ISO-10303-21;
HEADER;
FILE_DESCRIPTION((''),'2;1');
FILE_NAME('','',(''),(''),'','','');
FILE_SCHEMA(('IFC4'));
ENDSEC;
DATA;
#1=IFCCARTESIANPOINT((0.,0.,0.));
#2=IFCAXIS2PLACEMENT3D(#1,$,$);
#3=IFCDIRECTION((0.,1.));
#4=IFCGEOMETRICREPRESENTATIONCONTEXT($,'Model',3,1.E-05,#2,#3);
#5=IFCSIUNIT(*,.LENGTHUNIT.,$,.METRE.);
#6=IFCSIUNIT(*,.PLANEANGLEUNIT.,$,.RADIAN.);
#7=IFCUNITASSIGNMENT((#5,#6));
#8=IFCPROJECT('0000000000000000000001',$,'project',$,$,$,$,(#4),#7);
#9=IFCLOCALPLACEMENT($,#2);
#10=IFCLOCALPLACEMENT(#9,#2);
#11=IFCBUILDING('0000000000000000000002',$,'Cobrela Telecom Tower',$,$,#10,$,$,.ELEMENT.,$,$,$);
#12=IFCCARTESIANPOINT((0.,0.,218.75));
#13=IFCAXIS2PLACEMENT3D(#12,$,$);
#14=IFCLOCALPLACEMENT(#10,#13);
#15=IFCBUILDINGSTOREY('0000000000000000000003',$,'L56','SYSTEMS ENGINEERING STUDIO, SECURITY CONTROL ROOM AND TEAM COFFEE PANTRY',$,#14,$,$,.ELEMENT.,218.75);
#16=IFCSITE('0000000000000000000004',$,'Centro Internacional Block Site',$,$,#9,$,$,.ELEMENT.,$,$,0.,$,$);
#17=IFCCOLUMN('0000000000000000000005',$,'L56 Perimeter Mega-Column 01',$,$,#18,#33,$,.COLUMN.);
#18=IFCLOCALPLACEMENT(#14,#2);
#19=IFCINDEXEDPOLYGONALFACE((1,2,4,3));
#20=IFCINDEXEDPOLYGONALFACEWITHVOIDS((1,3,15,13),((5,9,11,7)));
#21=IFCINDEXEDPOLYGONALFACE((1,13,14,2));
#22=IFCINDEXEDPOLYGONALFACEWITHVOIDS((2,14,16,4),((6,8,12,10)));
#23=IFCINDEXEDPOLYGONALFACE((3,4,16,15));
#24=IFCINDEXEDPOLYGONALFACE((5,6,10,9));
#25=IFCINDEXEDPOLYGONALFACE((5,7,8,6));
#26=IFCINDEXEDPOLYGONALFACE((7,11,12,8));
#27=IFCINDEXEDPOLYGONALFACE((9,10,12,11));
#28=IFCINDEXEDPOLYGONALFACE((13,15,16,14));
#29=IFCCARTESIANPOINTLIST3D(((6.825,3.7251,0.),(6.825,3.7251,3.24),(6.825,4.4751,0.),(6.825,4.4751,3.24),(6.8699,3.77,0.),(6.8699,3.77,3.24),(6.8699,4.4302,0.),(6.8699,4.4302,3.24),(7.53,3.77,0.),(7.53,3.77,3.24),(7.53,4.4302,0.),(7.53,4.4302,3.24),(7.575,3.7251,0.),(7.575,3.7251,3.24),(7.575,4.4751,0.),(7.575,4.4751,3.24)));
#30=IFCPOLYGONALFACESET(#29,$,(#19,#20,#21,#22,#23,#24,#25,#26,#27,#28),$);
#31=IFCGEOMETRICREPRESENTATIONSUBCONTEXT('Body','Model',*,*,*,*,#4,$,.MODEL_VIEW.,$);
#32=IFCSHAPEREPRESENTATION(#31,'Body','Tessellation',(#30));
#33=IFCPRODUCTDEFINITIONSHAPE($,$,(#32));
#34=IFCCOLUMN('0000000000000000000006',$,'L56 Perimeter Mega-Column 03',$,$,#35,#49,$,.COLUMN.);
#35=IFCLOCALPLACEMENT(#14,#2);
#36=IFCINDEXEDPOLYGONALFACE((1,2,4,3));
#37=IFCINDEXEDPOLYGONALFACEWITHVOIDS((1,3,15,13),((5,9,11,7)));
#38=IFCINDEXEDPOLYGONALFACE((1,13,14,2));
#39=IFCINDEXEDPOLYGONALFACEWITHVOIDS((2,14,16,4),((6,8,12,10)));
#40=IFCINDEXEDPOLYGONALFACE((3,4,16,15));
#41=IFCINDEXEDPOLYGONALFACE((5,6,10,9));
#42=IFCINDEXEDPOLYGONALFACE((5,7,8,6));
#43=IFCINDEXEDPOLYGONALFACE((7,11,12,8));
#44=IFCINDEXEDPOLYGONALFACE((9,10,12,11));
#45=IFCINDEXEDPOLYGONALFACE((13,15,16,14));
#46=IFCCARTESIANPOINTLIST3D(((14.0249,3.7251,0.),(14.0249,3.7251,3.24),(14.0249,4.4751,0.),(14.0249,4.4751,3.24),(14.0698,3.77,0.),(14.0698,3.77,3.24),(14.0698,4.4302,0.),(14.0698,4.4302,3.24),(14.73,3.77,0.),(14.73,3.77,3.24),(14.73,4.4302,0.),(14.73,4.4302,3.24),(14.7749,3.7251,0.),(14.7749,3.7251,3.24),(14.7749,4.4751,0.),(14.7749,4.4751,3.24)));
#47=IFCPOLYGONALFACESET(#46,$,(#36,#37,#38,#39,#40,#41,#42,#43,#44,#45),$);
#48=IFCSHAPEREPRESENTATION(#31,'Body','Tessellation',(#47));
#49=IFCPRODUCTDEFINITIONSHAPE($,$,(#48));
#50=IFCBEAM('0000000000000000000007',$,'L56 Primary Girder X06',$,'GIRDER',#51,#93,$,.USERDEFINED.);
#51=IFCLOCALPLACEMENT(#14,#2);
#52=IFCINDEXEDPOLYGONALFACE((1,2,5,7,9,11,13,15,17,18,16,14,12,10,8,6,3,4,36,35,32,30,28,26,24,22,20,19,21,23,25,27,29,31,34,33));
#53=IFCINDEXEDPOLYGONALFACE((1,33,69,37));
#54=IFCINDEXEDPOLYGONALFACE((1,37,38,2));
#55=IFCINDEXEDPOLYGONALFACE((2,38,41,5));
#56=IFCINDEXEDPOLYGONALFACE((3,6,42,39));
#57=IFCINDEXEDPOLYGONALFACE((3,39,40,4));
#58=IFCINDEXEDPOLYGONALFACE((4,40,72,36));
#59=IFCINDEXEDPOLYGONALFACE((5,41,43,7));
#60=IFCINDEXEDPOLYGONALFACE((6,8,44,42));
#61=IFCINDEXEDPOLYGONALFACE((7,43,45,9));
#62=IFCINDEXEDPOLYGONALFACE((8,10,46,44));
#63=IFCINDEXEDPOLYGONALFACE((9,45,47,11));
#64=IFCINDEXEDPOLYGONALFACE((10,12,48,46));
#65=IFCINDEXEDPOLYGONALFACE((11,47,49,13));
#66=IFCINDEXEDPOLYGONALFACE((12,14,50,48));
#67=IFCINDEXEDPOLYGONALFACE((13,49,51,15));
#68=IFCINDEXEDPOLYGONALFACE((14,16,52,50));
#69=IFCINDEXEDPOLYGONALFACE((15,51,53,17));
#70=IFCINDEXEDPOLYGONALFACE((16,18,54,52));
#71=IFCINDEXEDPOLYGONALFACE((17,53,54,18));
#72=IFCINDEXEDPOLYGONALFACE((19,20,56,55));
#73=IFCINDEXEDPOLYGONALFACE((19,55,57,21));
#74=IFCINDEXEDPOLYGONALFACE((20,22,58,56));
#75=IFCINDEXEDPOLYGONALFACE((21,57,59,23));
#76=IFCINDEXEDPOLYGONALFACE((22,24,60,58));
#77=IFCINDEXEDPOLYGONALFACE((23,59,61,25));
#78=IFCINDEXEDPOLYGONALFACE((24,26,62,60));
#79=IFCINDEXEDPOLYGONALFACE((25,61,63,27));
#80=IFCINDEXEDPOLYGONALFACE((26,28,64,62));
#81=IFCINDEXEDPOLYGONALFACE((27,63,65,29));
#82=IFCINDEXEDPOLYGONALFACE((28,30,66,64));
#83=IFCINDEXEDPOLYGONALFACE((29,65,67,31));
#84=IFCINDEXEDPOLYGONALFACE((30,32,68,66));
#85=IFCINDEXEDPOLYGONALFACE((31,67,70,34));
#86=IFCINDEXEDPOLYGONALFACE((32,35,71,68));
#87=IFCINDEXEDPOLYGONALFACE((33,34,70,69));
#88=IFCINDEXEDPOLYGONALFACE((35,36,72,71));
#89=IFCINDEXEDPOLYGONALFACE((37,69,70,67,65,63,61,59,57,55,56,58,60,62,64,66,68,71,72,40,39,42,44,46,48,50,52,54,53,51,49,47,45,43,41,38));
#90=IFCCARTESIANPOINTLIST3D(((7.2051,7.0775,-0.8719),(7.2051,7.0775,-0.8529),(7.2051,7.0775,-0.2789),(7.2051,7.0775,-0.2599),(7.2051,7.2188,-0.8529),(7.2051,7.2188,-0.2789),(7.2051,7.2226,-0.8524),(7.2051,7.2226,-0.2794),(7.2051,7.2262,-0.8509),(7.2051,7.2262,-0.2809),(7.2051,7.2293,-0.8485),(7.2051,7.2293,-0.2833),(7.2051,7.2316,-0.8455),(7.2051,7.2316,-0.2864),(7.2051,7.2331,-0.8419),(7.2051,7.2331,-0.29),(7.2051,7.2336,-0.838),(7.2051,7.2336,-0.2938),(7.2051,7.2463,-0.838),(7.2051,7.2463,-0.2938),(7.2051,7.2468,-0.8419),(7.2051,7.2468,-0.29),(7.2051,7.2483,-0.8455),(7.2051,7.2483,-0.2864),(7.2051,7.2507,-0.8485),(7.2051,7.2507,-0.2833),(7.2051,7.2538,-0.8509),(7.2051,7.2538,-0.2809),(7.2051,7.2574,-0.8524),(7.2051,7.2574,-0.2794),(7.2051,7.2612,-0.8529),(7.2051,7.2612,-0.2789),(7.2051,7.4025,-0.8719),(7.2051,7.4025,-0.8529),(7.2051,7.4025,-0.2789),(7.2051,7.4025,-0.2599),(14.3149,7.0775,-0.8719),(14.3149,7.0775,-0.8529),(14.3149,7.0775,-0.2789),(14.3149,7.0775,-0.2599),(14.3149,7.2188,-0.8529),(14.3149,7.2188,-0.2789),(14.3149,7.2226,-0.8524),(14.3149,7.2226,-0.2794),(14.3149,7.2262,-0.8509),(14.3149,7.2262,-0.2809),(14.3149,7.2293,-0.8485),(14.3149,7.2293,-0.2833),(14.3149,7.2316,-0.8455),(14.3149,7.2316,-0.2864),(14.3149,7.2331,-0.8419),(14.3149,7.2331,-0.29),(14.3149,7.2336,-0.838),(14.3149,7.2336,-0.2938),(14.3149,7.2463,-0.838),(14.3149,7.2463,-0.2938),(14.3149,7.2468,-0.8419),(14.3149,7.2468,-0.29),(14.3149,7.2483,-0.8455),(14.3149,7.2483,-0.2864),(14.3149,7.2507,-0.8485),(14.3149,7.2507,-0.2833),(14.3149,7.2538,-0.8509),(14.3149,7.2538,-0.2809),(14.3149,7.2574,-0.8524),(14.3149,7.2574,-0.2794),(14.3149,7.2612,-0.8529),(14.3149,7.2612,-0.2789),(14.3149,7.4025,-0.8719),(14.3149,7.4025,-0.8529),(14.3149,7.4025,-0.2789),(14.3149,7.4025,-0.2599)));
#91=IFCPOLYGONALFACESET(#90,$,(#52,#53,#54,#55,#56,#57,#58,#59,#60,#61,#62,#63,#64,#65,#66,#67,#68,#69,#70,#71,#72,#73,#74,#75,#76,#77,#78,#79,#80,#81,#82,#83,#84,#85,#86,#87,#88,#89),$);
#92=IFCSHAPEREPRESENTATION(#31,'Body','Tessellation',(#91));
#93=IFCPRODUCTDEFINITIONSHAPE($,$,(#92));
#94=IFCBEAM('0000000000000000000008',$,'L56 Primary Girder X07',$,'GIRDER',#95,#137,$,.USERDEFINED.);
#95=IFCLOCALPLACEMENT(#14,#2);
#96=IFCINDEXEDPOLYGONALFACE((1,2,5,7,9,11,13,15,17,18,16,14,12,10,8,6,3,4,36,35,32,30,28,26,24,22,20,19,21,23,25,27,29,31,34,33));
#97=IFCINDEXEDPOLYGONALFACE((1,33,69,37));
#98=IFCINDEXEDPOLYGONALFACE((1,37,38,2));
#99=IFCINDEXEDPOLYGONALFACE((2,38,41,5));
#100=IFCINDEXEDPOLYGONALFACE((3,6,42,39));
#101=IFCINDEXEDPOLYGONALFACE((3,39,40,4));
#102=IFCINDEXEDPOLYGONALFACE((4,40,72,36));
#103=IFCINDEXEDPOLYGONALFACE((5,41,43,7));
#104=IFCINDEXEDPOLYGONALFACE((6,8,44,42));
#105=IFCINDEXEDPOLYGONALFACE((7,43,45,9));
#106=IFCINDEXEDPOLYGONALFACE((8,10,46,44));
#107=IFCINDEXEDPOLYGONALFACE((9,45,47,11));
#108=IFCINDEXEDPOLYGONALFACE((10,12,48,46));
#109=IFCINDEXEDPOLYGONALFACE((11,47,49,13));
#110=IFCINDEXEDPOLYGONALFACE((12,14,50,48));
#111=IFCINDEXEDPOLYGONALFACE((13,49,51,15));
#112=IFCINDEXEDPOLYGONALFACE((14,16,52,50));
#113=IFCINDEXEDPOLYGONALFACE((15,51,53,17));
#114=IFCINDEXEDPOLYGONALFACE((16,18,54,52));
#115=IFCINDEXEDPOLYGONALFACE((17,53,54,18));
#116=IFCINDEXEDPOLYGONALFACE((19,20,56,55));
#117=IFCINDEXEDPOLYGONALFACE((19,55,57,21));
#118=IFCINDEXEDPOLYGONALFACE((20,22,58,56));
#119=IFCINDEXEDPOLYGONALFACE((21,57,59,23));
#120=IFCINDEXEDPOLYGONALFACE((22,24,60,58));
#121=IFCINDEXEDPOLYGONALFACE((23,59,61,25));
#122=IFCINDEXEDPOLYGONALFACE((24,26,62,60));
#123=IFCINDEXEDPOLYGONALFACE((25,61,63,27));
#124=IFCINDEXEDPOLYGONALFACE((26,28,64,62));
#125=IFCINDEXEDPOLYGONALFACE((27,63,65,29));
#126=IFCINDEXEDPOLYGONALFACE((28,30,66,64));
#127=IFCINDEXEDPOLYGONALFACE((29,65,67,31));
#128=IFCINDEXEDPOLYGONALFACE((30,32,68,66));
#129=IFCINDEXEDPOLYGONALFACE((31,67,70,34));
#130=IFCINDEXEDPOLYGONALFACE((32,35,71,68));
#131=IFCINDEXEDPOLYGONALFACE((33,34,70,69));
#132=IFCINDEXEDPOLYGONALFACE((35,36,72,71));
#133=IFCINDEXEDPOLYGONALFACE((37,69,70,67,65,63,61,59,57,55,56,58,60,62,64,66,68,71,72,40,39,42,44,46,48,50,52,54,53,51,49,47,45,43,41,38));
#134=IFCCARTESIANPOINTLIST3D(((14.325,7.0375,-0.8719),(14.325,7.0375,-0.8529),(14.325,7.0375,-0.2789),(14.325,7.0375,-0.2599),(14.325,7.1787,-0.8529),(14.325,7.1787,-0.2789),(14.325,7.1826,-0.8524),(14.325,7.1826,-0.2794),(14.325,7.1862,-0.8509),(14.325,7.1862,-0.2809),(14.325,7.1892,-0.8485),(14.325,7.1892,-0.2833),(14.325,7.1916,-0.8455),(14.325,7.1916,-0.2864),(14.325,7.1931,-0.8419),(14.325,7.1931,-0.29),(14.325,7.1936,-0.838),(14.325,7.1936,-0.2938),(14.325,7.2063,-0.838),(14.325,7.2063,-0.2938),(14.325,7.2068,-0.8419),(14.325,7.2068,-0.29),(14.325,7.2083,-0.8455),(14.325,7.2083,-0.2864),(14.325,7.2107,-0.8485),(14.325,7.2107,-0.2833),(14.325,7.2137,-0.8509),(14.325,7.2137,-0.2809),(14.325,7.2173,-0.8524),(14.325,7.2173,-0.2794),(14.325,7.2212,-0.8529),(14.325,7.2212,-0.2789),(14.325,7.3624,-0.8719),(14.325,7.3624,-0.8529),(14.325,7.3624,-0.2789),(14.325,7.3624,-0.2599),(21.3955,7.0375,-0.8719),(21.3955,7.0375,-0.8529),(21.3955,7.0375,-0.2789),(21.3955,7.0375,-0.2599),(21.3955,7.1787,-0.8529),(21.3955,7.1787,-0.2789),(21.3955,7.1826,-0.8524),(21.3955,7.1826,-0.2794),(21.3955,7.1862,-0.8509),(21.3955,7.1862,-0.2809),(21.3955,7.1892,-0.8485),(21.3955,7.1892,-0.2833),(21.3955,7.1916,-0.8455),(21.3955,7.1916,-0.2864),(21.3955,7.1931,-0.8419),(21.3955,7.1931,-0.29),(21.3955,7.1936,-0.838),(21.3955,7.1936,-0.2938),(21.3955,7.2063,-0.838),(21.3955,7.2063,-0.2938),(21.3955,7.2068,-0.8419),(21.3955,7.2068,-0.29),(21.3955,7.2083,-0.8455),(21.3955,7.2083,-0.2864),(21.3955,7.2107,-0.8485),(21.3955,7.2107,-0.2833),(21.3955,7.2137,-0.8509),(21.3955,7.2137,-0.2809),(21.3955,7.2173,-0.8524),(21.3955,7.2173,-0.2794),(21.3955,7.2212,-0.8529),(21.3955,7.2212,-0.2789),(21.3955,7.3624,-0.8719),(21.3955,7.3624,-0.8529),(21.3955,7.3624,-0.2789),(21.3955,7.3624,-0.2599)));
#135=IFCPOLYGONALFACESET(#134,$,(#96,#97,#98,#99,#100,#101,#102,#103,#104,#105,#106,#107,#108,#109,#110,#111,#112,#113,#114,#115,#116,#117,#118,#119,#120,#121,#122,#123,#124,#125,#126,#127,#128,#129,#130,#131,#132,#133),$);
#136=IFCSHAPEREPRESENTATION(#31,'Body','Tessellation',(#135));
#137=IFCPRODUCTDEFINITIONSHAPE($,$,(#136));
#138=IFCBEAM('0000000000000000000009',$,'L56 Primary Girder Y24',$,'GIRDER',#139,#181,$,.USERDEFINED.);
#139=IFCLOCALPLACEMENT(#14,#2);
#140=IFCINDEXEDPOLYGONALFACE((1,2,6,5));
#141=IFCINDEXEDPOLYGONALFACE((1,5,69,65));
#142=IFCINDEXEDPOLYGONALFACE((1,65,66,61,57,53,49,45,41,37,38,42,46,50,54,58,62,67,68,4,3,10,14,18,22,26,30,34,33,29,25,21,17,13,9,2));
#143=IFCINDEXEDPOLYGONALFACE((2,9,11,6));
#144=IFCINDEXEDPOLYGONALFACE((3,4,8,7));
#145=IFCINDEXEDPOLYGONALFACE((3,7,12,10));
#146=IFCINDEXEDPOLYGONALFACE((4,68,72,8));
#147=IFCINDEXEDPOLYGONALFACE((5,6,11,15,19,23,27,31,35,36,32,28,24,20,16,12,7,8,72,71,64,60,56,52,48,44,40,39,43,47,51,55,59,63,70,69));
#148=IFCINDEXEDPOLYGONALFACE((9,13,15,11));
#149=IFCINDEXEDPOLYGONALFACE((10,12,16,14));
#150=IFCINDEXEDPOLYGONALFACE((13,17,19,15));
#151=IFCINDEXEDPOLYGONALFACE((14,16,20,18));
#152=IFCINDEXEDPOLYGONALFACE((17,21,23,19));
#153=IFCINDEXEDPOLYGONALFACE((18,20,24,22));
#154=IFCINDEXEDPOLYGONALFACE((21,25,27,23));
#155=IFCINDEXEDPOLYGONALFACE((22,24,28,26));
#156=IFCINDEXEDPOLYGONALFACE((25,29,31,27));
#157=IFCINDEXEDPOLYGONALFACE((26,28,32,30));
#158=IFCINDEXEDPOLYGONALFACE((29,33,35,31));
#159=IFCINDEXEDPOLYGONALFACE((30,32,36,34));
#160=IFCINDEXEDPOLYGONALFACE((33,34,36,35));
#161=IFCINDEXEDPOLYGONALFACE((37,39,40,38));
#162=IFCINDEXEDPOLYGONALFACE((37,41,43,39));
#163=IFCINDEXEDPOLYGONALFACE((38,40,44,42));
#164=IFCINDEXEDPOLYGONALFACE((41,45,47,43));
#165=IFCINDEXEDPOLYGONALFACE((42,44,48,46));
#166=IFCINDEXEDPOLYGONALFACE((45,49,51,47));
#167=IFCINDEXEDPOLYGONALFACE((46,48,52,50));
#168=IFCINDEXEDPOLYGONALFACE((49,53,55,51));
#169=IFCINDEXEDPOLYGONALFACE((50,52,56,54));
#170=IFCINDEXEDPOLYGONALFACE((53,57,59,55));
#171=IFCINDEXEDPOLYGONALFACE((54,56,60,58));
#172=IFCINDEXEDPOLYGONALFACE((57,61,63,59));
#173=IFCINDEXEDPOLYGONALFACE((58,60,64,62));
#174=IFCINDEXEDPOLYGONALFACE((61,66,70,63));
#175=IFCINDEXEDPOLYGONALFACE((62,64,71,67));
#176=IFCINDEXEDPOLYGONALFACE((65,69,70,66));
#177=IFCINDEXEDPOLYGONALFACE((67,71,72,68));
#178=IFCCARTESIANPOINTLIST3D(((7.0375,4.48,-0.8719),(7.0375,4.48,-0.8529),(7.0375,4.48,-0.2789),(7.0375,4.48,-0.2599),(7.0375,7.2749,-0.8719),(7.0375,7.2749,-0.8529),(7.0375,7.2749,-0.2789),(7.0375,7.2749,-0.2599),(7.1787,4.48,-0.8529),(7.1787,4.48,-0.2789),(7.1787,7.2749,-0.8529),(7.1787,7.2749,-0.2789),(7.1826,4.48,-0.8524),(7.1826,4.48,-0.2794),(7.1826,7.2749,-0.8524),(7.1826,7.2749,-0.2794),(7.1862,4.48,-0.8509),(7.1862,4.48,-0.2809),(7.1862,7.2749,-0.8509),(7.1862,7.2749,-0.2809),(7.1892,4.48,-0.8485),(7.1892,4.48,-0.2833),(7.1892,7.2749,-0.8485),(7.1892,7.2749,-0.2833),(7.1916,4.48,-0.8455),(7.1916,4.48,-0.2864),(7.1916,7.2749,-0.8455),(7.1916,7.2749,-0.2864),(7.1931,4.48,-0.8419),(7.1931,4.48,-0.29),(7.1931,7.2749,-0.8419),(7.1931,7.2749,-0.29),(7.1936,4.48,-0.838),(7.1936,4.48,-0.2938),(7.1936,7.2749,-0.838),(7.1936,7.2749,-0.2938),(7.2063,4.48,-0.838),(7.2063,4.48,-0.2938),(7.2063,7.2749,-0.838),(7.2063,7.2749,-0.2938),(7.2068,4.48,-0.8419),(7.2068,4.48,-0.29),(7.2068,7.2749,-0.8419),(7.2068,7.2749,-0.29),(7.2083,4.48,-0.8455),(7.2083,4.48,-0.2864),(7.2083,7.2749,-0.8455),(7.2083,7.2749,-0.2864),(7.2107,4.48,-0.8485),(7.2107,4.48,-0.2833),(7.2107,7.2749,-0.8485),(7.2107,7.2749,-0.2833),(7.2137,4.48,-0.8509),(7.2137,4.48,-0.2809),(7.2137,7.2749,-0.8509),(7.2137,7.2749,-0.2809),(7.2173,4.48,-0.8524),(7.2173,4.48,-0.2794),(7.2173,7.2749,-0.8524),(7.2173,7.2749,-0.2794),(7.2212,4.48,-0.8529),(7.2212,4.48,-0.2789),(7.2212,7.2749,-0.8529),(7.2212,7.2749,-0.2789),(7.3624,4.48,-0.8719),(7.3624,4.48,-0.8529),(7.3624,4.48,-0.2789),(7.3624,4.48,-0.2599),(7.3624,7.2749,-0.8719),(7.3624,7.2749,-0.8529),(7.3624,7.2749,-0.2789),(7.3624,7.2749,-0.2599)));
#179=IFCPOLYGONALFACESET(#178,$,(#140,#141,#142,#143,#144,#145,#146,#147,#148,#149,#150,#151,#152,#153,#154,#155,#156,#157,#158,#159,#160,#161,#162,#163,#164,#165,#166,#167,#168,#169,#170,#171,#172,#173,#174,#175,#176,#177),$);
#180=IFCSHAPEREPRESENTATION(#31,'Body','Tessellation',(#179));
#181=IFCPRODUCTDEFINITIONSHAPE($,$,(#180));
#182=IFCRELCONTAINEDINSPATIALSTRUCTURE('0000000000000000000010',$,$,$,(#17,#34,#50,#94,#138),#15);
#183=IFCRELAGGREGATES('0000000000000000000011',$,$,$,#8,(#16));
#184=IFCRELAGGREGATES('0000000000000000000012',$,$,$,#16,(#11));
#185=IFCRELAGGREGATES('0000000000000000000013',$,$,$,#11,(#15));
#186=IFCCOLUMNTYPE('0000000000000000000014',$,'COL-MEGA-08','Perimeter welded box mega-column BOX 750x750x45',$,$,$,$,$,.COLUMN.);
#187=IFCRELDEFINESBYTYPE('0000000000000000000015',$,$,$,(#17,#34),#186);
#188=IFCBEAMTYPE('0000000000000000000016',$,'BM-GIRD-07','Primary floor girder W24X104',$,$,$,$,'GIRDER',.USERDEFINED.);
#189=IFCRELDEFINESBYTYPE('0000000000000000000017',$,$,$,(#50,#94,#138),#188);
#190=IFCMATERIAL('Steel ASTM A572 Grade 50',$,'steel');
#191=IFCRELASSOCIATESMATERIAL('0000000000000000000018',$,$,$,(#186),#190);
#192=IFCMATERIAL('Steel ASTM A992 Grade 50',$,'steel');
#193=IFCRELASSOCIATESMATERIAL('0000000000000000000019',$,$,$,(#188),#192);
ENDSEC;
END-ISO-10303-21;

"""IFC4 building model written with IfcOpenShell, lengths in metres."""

from ifc_helpers import new_model, si_unit, direction, frame, origin, origin_2d, place, context, subcontext, project, spatial, hollow_rectangle, i_section, extrude, material, material_profile, profile_set, type_object, element, save


model = new_model("IFC4")

# Units and contexts
model_context = context("Model", 3, precision=1e-05, world=origin(), true_north=direction((0.0, 1.0)))
body_context = subcontext(model_context, "Body", "Model", "MODEL_VIEW")
ifc_project = project(units=[si_unit("LENGTHUNIT", "METRE"), si_unit("PLANEANGLEUNIT", "RADIAN")], contexts=[model_context])

# Site, building, storey
site_placement = place(None, origin())
site = spatial("IfcSite", under=ifc_project, at=site_placement, Name="Centro Internacional Block Site", CompositionType="ELEMENT", RefElevation=0.0)
building_placement = place(site_placement, origin())
building = spatial("IfcBuilding", under=site, at=building_placement, Name="Cobrela Telecom Tower", CompositionType="ELEMENT")
storey_placement = place(building_placement, frame((0.0, 0.0, 218.75)))
storey = spatial("IfcBuildingStorey", under=building, at=storey_placement, Name="L56", Description="SYSTEMS ENGINEERING STUDIO, SECURITY CONTROL ROOM AND TEAM COFFEE PANTRY", CompositionType="ELEMENT", Elevation=218.75)

# Columns
ifc_material_1 = material(Name="Steel ASTM A572 Grade 50", Category="steel")
ifc_material_profile_1 = material_profile(ifc_material_1, hollow_rectangle(XDim=0.75, YDim=0.75, WallThickness=0.0449, at=origin_2d()), Name="BOX 750x750x45")
ifc_profile_set_1 = profile_set([ifc_material_profile_1], Name="Steel ASTM A572 Grade 50")
column_type = type_object("IfcColumnType", Name="COL-MEGA-08", Description="Perimeter welded box mega-column BOX 750x750x45", PredefinedType="COLUMN", material=ifc_profile_set_1)
for number, where, z_axis, x_axis, name in (
    (1, (7.2, 4.1001, 0.0), (0.0, 0.0, 1.0), (1.0, 0.0, 0.0), "L56 Perimeter Mega-Column 01"),
    (2, (14.3999, 4.1001, 0.0), (0.0, 0.0, 1.0), (1.0, 0.0, 0.0), "L56 Perimeter Mega-Column 03"),
):
    element("IfcColumn", number, at=place(storey_placement, frame(where, z_axis=z_axis, x_axis=x_axis)), inside=storey, type_object=column_type, Name=name, PredefinedType="COLUMN", context=body_context, shape_type="SweptSolid", body=[
        extrude(hollow_rectangle(XDim=0.75, YDim=0.75, WallThickness=0.0449, at=origin_2d()), origin(), (0.0, 0.0, 1.0), 3.24),
    ])

# Beams
ifc_material_2 = material(Name="Steel ASTM A992 Grade 50", Category="steel")
ifc_material_profile_2 = material_profile(ifc_material_2, i_section(OverallWidth=0.325, OverallDepth=0.6121, WebThickness=0.0127, FlangeThickness=0.019, FilletRadius=0.0149, at=origin_2d()), Name="W24X104")
ifc_profile_set_2 = profile_set([ifc_material_profile_2], Name="Steel ASTM A992 Grade 50")
beam_type_1 = type_object("IfcBeamType", Name="BM-GIRD-07", Description="Primary floor girder W24X104", ElementType="GIRDER", PredefinedType="USERDEFINED", material=ifc_profile_set_2)
beam_1_placement = place(storey_placement, frame((7.2051, 7.24, -0.5659), z_axis=(1.0, 0.0, 0.0), x_axis=(0.0, 1.0, 0.0)))
element("IfcBeam", 3, at=beam_1_placement, inside=storey, type_object=beam_type_1, Name="L56 Primary Girder X06", ObjectType="GIRDER", PredefinedType="USERDEFINED", context=body_context, shape_type="SweptSolid", body=[
    extrude(i_section(OverallWidth=0.325, OverallDepth=0.6121, WebThickness=0.0127, FlangeThickness=0.019, FilletRadius=0.0149, at=origin_2d()), origin(), (0.0, 0.0, 1.0), 7.1099),
])
beam_2_placement = place(storey_placement, frame((14.325, 7.2, -0.5659), z_axis=(1.0, 0.0, 0.0), x_axis=(0.0, 1.0, 0.0)))
element("IfcBeam", 4, at=beam_2_placement, inside=storey, type_object=beam_type_1, Name="L56 Primary Girder X07", ObjectType="GIRDER", PredefinedType="USERDEFINED", context=body_context, shape_type="SweptSolid", body=[
    extrude(i_section(OverallWidth=0.325, OverallDepth=0.6121, WebThickness=0.0127, FlangeThickness=0.019, FilletRadius=0.0149, at=origin_2d()), origin(), (0.0, 0.0, 1.0), 7.0706),
])
beam_3_placement = place(storey_placement, frame((7.2, 4.48, -0.5659), z_axis=(0.0, 1.0, 0.0), x_axis=(-1.0, 0.0, 0.0)))
element("IfcBeam", 5, at=beam_3_placement, inside=storey, type_object=beam_type_1, Name="L56 Primary Girder Y24", ObjectType="GIRDER", PredefinedType="USERDEFINED", context=body_context, shape_type="SweptSolid", body=[
    extrude(i_section(OverallWidth=0.325, OverallDepth=0.6121, WebThickness=0.0127, FlangeThickness=0.019, FilletRadius=0.0149, at=origin_2d()), origin(), (0.0, 0.0, 1.0), 2.7949),
])

save(model, "model.ifc")
